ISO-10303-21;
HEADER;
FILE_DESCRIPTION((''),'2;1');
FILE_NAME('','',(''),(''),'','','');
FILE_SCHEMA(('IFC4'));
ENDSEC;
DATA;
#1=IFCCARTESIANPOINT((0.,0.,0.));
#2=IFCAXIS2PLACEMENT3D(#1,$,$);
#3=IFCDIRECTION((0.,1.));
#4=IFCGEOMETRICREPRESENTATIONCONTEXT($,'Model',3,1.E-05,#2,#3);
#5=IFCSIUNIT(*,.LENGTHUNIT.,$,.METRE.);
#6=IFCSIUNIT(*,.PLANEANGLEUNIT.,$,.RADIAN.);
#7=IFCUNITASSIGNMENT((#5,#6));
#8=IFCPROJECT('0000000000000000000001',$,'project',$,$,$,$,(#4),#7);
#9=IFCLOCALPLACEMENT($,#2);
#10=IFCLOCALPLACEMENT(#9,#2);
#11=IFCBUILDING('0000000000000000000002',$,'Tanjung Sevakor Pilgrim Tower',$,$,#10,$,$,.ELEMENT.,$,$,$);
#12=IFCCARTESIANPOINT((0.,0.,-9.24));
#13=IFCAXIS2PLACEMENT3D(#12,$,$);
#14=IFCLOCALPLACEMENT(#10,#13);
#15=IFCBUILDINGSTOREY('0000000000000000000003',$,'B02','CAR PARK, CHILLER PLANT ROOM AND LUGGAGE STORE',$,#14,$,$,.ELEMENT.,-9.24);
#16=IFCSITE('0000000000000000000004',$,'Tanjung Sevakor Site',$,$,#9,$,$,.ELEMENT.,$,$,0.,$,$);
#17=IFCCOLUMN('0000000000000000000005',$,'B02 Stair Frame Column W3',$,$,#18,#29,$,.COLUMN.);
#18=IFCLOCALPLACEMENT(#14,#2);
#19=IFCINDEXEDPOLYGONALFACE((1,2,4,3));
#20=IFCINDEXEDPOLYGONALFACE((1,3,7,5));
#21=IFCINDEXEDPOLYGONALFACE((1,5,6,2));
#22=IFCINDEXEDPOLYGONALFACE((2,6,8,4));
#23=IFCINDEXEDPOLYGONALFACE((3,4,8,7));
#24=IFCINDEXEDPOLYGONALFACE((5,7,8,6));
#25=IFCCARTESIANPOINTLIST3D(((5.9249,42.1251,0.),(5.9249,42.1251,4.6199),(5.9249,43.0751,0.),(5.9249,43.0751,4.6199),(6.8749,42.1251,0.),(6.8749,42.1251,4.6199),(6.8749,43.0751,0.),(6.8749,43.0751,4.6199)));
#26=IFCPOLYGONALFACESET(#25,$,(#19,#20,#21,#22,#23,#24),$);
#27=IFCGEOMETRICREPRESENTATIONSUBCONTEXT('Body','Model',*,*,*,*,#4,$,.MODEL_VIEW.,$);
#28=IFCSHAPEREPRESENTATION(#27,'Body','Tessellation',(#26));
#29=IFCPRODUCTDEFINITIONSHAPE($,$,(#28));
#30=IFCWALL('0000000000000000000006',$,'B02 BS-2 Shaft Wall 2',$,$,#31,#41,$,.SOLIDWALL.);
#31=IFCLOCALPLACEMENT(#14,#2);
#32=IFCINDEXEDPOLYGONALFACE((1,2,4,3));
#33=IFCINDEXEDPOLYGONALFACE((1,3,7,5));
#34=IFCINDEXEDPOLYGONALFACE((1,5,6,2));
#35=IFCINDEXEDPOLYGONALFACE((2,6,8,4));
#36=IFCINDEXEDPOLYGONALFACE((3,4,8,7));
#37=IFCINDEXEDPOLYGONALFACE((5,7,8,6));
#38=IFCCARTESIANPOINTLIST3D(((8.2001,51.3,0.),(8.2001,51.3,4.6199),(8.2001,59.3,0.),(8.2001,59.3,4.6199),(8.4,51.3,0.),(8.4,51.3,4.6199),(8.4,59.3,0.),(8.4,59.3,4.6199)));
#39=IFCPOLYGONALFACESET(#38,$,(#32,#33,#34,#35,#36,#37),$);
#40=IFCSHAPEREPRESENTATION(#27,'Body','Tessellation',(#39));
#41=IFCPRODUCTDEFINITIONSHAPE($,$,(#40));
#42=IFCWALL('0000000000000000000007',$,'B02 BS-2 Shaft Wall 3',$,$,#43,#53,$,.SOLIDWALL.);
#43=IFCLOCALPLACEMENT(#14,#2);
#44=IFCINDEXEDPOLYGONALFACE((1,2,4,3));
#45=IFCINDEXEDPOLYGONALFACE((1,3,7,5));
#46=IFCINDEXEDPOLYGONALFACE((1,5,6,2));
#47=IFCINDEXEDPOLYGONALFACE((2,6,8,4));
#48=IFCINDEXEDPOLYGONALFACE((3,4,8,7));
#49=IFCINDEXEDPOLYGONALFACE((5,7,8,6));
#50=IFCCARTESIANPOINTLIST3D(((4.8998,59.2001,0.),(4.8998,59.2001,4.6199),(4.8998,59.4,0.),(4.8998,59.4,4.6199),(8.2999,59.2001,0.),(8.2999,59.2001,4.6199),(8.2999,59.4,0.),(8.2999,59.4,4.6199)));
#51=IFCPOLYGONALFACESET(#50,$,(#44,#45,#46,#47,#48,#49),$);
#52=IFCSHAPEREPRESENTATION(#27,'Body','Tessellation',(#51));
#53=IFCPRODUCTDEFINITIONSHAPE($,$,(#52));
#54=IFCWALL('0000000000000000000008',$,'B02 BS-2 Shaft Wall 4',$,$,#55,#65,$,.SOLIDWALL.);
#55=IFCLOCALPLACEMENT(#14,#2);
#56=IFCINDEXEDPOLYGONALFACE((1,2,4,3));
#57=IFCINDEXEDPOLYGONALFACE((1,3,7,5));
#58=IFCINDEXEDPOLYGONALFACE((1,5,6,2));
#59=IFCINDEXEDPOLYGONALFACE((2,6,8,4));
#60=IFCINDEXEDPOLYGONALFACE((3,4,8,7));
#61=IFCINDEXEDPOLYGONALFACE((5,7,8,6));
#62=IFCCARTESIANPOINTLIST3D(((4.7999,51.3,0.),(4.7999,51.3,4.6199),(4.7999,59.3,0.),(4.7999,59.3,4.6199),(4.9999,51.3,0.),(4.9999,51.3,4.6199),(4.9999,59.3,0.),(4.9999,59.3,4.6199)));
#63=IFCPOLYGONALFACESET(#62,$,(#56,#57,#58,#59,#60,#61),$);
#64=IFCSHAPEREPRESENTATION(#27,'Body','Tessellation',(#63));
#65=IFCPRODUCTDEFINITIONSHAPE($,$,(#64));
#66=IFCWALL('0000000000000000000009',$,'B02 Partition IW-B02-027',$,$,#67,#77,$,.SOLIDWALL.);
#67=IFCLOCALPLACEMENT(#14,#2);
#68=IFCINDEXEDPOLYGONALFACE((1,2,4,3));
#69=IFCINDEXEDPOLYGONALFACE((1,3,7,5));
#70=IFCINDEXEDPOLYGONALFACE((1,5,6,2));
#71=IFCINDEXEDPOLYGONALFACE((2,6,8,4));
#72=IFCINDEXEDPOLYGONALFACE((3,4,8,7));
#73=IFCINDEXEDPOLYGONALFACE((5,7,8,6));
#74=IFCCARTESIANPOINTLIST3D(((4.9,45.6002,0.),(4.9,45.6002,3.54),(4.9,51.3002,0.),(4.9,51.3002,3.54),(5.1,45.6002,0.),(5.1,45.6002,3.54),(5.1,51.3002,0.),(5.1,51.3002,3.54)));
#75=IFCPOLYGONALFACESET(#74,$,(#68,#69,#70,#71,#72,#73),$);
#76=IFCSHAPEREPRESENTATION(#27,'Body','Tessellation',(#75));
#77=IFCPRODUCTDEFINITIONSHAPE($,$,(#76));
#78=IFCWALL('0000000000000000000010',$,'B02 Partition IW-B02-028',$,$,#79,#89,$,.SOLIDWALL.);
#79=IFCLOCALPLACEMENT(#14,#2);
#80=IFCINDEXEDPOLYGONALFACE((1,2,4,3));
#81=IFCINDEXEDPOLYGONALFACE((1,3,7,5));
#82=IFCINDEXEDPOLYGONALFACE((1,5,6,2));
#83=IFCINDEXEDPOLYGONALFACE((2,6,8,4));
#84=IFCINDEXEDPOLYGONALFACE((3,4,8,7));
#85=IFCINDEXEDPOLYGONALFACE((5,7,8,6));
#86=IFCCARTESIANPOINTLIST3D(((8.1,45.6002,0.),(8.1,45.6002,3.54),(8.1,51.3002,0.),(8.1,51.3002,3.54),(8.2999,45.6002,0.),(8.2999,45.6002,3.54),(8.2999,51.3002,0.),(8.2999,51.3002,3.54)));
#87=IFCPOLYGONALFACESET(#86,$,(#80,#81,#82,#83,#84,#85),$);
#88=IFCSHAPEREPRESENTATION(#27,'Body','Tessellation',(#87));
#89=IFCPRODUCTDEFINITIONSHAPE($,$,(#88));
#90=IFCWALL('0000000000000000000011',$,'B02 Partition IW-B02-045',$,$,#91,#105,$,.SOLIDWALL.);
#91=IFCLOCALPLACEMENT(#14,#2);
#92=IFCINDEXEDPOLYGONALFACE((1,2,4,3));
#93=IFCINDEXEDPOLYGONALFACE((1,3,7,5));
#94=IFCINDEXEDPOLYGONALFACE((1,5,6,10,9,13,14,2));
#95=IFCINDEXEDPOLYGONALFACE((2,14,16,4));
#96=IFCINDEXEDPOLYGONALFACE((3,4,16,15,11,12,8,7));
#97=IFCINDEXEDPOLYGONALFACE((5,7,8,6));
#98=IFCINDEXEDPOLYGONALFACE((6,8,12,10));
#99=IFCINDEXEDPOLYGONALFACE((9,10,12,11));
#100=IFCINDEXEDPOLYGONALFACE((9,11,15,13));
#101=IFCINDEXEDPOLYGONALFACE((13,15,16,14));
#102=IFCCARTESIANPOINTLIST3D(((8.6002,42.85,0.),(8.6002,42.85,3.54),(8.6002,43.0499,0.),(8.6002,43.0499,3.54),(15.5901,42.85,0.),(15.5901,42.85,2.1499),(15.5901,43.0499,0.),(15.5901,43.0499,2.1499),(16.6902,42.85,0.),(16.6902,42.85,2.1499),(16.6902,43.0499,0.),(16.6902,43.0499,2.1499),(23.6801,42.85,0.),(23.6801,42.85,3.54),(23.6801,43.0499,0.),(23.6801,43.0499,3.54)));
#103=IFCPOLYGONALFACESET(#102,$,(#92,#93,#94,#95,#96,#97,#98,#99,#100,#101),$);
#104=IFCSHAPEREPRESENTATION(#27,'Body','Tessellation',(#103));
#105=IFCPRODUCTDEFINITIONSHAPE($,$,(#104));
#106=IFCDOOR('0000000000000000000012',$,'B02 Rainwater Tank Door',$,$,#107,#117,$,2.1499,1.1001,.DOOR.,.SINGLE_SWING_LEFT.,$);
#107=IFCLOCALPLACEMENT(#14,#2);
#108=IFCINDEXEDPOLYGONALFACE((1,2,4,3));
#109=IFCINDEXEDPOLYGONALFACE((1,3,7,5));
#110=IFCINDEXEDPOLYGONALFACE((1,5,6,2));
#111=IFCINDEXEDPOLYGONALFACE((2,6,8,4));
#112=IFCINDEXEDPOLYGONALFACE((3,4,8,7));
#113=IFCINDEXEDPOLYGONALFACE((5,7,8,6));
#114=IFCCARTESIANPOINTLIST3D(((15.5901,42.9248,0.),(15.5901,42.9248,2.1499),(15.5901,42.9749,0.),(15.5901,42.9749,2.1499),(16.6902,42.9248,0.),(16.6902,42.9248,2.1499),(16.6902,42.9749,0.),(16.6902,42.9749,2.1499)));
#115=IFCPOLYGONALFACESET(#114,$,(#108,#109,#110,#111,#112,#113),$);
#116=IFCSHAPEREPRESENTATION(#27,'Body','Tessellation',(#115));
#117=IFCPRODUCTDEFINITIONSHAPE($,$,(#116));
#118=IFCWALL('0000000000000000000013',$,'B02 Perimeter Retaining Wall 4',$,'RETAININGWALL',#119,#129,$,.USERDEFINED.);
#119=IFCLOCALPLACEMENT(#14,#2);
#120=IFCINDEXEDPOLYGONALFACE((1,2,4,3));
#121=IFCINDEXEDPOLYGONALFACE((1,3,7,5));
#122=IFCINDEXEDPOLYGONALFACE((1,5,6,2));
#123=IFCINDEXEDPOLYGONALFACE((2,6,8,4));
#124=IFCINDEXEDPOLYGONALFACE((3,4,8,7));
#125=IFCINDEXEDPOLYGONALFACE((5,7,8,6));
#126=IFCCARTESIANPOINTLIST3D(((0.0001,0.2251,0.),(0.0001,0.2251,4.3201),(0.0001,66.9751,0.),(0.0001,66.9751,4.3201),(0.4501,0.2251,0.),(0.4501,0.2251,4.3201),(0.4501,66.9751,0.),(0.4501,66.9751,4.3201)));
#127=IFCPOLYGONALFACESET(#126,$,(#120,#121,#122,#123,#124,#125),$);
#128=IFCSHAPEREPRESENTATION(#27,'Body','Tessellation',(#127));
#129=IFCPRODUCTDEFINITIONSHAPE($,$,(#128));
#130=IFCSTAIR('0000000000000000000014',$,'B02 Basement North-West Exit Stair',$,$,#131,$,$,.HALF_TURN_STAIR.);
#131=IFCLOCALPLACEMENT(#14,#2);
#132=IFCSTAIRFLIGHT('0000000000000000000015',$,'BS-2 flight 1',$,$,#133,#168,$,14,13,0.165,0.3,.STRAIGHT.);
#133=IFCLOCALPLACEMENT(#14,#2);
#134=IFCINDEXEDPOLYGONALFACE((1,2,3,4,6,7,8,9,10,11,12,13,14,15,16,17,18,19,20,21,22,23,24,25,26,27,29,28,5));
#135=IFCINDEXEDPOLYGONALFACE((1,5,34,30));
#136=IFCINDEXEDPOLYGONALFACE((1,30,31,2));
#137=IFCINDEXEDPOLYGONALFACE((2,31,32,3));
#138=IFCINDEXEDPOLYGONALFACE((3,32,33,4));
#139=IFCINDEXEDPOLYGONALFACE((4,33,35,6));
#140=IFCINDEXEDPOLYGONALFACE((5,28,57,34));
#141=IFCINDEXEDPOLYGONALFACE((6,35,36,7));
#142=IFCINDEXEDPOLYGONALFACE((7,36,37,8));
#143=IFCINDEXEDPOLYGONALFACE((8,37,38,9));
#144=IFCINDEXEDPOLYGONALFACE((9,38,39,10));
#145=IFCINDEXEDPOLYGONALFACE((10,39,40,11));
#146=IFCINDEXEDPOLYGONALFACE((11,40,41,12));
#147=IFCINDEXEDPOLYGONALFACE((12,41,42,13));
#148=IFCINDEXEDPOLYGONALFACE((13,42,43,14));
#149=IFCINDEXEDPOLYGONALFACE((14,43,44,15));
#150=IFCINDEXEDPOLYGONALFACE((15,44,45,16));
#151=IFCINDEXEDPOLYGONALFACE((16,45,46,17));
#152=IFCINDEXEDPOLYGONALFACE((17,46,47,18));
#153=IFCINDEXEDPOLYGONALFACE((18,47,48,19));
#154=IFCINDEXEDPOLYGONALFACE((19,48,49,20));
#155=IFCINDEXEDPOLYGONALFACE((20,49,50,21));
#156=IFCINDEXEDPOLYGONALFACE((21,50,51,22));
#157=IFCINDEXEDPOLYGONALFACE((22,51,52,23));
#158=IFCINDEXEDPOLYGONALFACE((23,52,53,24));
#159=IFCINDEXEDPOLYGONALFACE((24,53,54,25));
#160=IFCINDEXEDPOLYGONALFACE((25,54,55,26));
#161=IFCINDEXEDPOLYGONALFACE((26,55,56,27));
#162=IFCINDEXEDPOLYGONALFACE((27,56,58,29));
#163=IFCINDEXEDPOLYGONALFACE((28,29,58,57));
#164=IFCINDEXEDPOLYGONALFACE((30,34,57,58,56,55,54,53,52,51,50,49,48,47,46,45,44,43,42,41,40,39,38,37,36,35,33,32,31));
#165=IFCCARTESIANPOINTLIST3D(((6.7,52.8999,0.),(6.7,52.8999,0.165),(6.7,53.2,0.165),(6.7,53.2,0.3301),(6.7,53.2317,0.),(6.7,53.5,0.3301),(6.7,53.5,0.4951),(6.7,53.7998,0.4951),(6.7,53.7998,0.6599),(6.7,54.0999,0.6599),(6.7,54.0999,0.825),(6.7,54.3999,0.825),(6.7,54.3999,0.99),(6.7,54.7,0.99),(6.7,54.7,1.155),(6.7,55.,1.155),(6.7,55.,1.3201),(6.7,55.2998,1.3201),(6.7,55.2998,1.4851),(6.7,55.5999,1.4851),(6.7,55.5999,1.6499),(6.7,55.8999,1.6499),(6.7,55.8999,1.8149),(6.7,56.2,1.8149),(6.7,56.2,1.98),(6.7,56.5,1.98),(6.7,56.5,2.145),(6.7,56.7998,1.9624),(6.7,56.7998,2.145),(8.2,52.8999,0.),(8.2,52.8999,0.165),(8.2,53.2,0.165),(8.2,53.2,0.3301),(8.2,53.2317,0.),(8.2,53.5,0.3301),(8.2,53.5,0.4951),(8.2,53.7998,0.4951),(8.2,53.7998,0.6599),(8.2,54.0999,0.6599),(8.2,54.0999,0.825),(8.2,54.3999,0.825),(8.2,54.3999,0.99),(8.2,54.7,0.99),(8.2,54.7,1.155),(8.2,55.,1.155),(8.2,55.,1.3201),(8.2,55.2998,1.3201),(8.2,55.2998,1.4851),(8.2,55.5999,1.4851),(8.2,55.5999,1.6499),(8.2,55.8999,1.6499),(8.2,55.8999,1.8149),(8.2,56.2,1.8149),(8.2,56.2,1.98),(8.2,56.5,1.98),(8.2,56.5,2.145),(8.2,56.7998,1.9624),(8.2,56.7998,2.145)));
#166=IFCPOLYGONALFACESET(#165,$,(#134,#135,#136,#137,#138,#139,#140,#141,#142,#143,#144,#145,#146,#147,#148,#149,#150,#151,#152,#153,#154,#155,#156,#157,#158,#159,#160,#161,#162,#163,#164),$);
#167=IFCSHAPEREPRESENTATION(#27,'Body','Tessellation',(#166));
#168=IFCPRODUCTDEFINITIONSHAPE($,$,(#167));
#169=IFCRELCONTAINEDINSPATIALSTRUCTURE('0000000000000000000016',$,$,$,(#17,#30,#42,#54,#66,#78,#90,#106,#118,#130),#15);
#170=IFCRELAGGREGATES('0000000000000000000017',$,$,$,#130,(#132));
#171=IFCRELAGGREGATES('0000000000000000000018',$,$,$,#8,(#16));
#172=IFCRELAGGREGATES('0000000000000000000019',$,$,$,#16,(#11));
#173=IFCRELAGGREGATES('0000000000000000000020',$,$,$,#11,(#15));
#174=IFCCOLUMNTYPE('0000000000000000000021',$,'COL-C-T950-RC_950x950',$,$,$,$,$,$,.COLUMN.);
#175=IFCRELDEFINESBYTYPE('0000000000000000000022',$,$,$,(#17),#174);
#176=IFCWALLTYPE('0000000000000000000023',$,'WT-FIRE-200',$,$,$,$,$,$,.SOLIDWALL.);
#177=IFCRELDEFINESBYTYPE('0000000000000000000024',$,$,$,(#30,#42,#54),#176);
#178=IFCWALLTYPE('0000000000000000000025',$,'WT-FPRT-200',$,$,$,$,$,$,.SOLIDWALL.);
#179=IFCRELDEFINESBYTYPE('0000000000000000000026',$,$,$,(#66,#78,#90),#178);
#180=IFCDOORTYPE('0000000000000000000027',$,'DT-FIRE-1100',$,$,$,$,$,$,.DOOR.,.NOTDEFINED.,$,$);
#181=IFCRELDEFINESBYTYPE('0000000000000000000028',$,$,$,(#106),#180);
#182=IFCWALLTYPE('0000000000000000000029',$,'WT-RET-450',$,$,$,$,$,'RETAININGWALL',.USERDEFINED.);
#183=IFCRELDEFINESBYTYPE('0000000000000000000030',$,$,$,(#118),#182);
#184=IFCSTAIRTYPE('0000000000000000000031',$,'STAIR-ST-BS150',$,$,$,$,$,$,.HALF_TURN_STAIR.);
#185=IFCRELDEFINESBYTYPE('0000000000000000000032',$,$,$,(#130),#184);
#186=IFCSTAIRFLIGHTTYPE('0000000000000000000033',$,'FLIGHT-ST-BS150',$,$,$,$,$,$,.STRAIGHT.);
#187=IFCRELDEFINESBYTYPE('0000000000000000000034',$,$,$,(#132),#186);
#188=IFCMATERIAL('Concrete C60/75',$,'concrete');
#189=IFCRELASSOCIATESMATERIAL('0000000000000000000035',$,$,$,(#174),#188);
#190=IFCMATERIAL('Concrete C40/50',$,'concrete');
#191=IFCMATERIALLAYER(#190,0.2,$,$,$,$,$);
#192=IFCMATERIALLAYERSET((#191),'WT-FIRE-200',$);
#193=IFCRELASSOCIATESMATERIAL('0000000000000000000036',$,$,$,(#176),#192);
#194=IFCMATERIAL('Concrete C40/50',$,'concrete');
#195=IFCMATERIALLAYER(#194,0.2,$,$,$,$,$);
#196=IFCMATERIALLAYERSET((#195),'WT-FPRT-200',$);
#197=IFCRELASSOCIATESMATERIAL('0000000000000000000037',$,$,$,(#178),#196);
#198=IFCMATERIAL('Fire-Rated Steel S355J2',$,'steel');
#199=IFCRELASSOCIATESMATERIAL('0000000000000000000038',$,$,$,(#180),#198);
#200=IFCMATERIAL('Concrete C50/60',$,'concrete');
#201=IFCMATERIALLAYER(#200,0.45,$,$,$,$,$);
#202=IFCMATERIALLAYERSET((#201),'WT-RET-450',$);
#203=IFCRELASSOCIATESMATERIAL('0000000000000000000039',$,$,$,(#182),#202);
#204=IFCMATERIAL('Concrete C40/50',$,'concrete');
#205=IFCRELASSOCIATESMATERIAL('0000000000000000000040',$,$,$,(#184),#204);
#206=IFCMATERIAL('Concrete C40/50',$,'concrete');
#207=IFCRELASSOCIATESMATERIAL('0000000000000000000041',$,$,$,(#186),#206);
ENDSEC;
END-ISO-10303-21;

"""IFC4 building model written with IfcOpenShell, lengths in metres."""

from ifc_helpers import new_model, si_unit, direction, frame, frame_2d, origin, origin_2d, place, context, subcontext, project, spatial, polyline, rectangle, outline, extrude, material, layer, layer_set, material_profile, profile_set, type_object, element, fill, aggregate, save


model = new_model("IFC4")

# Units and contexts
model_context = context("Model", 3, precision=1e-05, world=origin(), true_north=direction((0.0, 1.0)))
body_context = subcontext(model_context, "Body", "Model", "MODEL_VIEW")
ifc_project = project(units=[si_unit("LENGTHUNIT", "METRE"), si_unit("PLANEANGLEUNIT", "RADIAN")], contexts=[model_context])

# Site, building, storey
site_placement = place(None, origin())
site = spatial("IfcSite", under=ifc_project, at=site_placement, Name="Tanjung Sevakor Site", CompositionType="ELEMENT", RefElevation=0.0)
building_placement = place(site_placement, origin())
building = spatial("IfcBuilding", under=site, at=building_placement, Name="Tanjung Sevakor Pilgrim Tower", CompositionType="ELEMENT")
storey_placement = place(building_placement, frame((0.0, 0.0, -9.24)))
storey = spatial("IfcBuildingStorey", under=building, at=storey_placement, Name="B02", Description="CAR PARK, CHILLER PLANT ROOM AND LUGGAGE STORE", CompositionType="ELEMENT", Elevation=-9.24)

# Column
ifc_material_1 = material(Name="Concrete C60/75", Category="concrete")
ifc_material_profile_1 = material_profile(ifc_material_1, rectangle(XDim=0.95, YDim=0.95, at=origin_2d()))
ifc_profile_set_1 = profile_set([ifc_material_profile_1], Name="Concrete C60/75")
column_type_1 = type_object("IfcColumnType", Name="COL-C-T950-RC_950x950", PredefinedType="COLUMN", material=ifc_profile_set_1)
column_placement = place(storey_placement, frame((6.3999, 42.6001, 0.0), z_axis=(0.0, 0.0, 1.0), x_axis=(1.0, 0.0, 0.0)))
element("IfcColumn", 1, at=column_placement, inside=storey, type_object=column_type_1, Name="B02 Stair Frame Column W3", PredefinedType="COLUMN", context=body_context, shape_type="SweptSolid", body=[
    extrude(rectangle(XDim=0.95, YDim=0.95, at=origin_2d()), origin(), (0.0, 0.0, 1.0), 4.6199),
])

# Shared definitions
ifc_material_2 = material(Name="Concrete C40/50", Category="concrete")
ifc_layer_1 = layer(ifc_material_2, 0.2)
ifc_layer_set_1 = layer_set([ifc_layer_1], Name="WT-FIRE-200")
wall_type_1 = type_object("IfcWallType", Name="WT-FIRE-200", PredefinedType="SOLIDWALL", material=ifc_layer_set_1)

# Walls
wall_1_placement = place(storey_placement, frame((8.3, 51.3, 0.0), z_axis=(0.0, 0.0, 1.0), x_axis=(0.0, 1.0, 0.0)))
element("IfcWall", 2, at=wall_1_placement, inside=storey, type_object=wall_type_1, Name="B02 BS-2 Shaft Wall 2", PredefinedType="SOLIDWALL", context=body_context, shape_type="SweptSolid", body=[
    extrude(rectangle(XDim=8.0, YDim=0.2, at=frame_2d((4.0, 0.0))), origin(), (0.0, 0.0, 1.0), 4.6199),
])
wall_2_placement = place(storey_placement, frame((8.3, 59.3, 0.0), z_axis=(0.0, 0.0, 1.0), x_axis=(-1.0, 0.0, 0.0)))
element("IfcWall", 3, at=wall_2_placement, inside=storey, type_object=wall_type_1, Name="B02 BS-2 Shaft Wall 3", PredefinedType="SOLIDWALL", context=body_context, shape_type="SweptSolid", body=[
    extrude(rectangle(XDim=3.4001, YDim=0.2, at=frame_2d((1.7002, 0.0))), origin(), (0.0, 0.0, 1.0), 4.6199),
])
wall_3_placement = place(storey_placement, frame((4.8999, 59.3, 0.0), z_axis=(0.0, 0.0, 1.0), x_axis=(0.0, -1.0, 0.0)))
element("IfcWall", 4, at=wall_3_placement, inside=storey, type_object=wall_type_1, Name="B02 BS-2 Shaft Wall 4", PredefinedType="SOLIDWALL", context=body_context, shape_type="SweptSolid", body=[
    extrude(rectangle(XDim=8.0, YDim=0.2, at=frame_2d((4.0, 0.0))), origin(), (0.0, 0.0, 1.0), 4.6199),
])
ifc_material_3 = material(Name="Concrete C40/50", Category="concrete")
ifc_layer_2 = layer(ifc_material_3, 0.2)
ifc_layer_set_2 = layer_set([ifc_layer_2], Name="WT-FPRT-200")
wall_type_2 = type_object("IfcWallType", Name="WT-FPRT-200", PredefinedType="SOLIDWALL", material=ifc_layer_set_2)
for number, where, z_axis, x_axis, name in (
    (5, (5.0, 45.6001, 0.0), (0.0, 0.0, 1.0), (0.0, 1.0, 0.0), "B02 Partition IW-B02-027"),
    (6, (8.2, 45.6001, 0.0), (0.0, 0.0, 1.0), (0.0, 1.0, 0.0), "B02 Partition IW-B02-028"),
):
    element("IfcWall", number, at=place(storey_placement, frame(where, z_axis=z_axis, x_axis=x_axis)), inside=storey, type_object=wall_type_2, Name=name, PredefinedType="SOLIDWALL", context=body_context, shape_type="SweptSolid", body=[
        extrude(rectangle(XDim=5.7, YDim=0.2, at=frame_2d((2.8501, 0.0))), origin(), (0.0, 0.0, 1.0), 3.54),
    ])

# Wall, opening, door
wall_4_placement = place(storey_placement, frame((8.6001, 42.95, 0.0), z_axis=(0.0, 0.0, 1.0), x_axis=(1.0, 0.0, 0.0)))
wall_4 = element("IfcWall", 7, at=wall_4_placement, inside=storey, type_object=wall_type_2, Name="B02 Partition IW-B02-045", PredefinedType="SOLIDWALL", context=body_context, shape_type="SweptSolid", body=[
    extrude(rectangle(XDim=15.0798, YDim=0.2, at=frame_2d((7.54, 0.0))), origin(), (0.0, 0.0, 1.0), 3.54),
])
opening_1_placement = place(wall_4_placement, frame((6.99, 0.0, 0.0)))
opening_1 = element("IfcOpeningElement", 8, at=opening_1_placement, cuts=wall_4, PredefinedType="OPENING", context=body_context, shape_type="SweptSolid", body=[
    extrude(rectangle(XDim=1.1001, YDim=2.1499, at=frame_2d((0.55, 1.075))), frame((0.0, 0.1099, 0.0), z_axis=(0.0, -1.0, 0.0), x_axis=(1.0, 0.0, 0.0)), (0.0, 0.0, 1.0), 0.22),
])
ifc_material_4 = material(Name="Fire-Rated Steel S355J2", Category="steel")
door_type_1 = type_object("IfcDoorType", Name="DT-FIRE-1100", OperationType="NOTDEFINED", PredefinedType="DOOR", material=ifc_material_4)
door_1_placement = place(opening_1_placement, origin())
door_1 = element("IfcDoor", 9, at=door_1_placement, inside=storey, type_object=door_type_1, Name="B02 Rainwater Tank Door", OperationType="SINGLE_SWING_LEFT", OverallHeight=2.1499, OverallWidth=1.1001, PredefinedType="DOOR", context=body_context, shape_type="SweptSolid", body=[
    extrude(rectangle(XDim=1.1001, YDim=2.1499, at=frame_2d((0.55, 1.075))), frame((0.0, 0.0249, 0.0), z_axis=(0.0, -1.0, 0.0), x_axis=(1.0, 0.0, 0.0)), (0.0, 0.0, 1.0), 0.05),
])
fill(opening_1, door_1)

# Wall
ifc_material_5 = material(Name="Concrete C50/60", Category="concrete")
ifc_layer_3 = layer(ifc_material_5, 0.45)
ifc_layer_set_3 = layer_set([ifc_layer_3], Name="WT-RET-450")
wall_type_3 = type_object("IfcWallType", Name="WT-RET-450", ElementType="RETAININGWALL", PredefinedType="USERDEFINED", material=ifc_layer_set_3)
wall_5_placement = place(storey_placement, frame((0.2251, 66.9751, 0.0), z_axis=(0.0, 0.0, 1.0), x_axis=(0.0, -1.0, 0.0)))
element("IfcWall", 10, at=wall_5_placement, inside=storey, type_object=wall_type_3, Name="B02 Perimeter Retaining Wall 4", ObjectType="RETAININGWALL", PredefinedType="USERDEFINED", context=body_context, shape_type="SweptSolid", body=[
    extrude(rectangle(XDim=66.75, YDim=0.45, at=frame_2d((33.375, 0.0))), origin(), (0.0, 0.0, 1.0), 4.3201),
])

# Stair, stair flight
ifc_material_6 = material(Name="Concrete C40/50", Category="concrete")
stair_type = type_object("IfcStairType", Name="STAIR-ST-BS150", PredefinedType="HALF_TURN_STAIR", material=ifc_material_6)
stair_placement = place(storey_placement, origin())
stair = element("IfcStair", 11, at=stair_placement, inside=storey, type_object=stair_type, Name="B02 Basement North-West Exit Stair", PredefinedType="HALF_TURN_STAIR")
ifc_material_7 = material(Name="Concrete C40/50", Category="concrete")
stair_flight_type = type_object("IfcStairFlightType", Name="FLIGHT-ST-BS150", PredefinedType="STRAIGHT", material=ifc_material_7)
stair_flight_1_placement = place(storey_placement, frame((7.45, 52.8999, 0.0), z_axis=(0.0, 0.0, 1.0), x_axis=(0.0, 1.0, 0.0)))
stair_flight_1 = element("IfcStairFlight", 12, at=stair_flight_1_placement, type_object=stair_flight_type, Name="BS-2 flight 1", NumberOfRisers=14, NumberOfTreads=13, PredefinedType="STRAIGHT", RiserHeight=0.165, TreadLength=0.3, context=body_context, shape_type="SweptSolid", body=[
    extrude(outline(polyline([(0.0, 0.0), (0.0, 0.165), (0.3, 0.165), (0.3, 0.3301), (0.6001, 0.3301), (0.6001, 0.4951), (0.8999, 0.4951), (0.8999, 0.6599), (1.2, 0.6599), (1.2, 0.825), (1.5, 0.825), (1.5, 0.99), (1.8, 0.99), (1.8, 1.155), (2.1001, 1.155), (2.1001, 1.3201), (2.3999, 1.3201), (2.3999, 1.4851), (2.7, 1.4851), (2.7, 1.6499), (3.0, 1.6499), (3.0, 1.8149), (3.3, 1.8149), (3.3, 1.98), (3.6001, 1.98), (3.6001, 2.145), (3.8999, 2.145), (3.8999, 2.3101), (3.8999, 1.9624), (0.3318, 0.0), (0.0, 0.0)])), frame((0.0, 0.75, 0.0), z_axis=(0.0, -1.0, 0.0), x_axis=(1.0, 0.0, 0.0)), (0.0, 0.0, 1.0), 1.5),
])
aggregate(stair, [stair_flight_1])

save(model, "model.ifc")
